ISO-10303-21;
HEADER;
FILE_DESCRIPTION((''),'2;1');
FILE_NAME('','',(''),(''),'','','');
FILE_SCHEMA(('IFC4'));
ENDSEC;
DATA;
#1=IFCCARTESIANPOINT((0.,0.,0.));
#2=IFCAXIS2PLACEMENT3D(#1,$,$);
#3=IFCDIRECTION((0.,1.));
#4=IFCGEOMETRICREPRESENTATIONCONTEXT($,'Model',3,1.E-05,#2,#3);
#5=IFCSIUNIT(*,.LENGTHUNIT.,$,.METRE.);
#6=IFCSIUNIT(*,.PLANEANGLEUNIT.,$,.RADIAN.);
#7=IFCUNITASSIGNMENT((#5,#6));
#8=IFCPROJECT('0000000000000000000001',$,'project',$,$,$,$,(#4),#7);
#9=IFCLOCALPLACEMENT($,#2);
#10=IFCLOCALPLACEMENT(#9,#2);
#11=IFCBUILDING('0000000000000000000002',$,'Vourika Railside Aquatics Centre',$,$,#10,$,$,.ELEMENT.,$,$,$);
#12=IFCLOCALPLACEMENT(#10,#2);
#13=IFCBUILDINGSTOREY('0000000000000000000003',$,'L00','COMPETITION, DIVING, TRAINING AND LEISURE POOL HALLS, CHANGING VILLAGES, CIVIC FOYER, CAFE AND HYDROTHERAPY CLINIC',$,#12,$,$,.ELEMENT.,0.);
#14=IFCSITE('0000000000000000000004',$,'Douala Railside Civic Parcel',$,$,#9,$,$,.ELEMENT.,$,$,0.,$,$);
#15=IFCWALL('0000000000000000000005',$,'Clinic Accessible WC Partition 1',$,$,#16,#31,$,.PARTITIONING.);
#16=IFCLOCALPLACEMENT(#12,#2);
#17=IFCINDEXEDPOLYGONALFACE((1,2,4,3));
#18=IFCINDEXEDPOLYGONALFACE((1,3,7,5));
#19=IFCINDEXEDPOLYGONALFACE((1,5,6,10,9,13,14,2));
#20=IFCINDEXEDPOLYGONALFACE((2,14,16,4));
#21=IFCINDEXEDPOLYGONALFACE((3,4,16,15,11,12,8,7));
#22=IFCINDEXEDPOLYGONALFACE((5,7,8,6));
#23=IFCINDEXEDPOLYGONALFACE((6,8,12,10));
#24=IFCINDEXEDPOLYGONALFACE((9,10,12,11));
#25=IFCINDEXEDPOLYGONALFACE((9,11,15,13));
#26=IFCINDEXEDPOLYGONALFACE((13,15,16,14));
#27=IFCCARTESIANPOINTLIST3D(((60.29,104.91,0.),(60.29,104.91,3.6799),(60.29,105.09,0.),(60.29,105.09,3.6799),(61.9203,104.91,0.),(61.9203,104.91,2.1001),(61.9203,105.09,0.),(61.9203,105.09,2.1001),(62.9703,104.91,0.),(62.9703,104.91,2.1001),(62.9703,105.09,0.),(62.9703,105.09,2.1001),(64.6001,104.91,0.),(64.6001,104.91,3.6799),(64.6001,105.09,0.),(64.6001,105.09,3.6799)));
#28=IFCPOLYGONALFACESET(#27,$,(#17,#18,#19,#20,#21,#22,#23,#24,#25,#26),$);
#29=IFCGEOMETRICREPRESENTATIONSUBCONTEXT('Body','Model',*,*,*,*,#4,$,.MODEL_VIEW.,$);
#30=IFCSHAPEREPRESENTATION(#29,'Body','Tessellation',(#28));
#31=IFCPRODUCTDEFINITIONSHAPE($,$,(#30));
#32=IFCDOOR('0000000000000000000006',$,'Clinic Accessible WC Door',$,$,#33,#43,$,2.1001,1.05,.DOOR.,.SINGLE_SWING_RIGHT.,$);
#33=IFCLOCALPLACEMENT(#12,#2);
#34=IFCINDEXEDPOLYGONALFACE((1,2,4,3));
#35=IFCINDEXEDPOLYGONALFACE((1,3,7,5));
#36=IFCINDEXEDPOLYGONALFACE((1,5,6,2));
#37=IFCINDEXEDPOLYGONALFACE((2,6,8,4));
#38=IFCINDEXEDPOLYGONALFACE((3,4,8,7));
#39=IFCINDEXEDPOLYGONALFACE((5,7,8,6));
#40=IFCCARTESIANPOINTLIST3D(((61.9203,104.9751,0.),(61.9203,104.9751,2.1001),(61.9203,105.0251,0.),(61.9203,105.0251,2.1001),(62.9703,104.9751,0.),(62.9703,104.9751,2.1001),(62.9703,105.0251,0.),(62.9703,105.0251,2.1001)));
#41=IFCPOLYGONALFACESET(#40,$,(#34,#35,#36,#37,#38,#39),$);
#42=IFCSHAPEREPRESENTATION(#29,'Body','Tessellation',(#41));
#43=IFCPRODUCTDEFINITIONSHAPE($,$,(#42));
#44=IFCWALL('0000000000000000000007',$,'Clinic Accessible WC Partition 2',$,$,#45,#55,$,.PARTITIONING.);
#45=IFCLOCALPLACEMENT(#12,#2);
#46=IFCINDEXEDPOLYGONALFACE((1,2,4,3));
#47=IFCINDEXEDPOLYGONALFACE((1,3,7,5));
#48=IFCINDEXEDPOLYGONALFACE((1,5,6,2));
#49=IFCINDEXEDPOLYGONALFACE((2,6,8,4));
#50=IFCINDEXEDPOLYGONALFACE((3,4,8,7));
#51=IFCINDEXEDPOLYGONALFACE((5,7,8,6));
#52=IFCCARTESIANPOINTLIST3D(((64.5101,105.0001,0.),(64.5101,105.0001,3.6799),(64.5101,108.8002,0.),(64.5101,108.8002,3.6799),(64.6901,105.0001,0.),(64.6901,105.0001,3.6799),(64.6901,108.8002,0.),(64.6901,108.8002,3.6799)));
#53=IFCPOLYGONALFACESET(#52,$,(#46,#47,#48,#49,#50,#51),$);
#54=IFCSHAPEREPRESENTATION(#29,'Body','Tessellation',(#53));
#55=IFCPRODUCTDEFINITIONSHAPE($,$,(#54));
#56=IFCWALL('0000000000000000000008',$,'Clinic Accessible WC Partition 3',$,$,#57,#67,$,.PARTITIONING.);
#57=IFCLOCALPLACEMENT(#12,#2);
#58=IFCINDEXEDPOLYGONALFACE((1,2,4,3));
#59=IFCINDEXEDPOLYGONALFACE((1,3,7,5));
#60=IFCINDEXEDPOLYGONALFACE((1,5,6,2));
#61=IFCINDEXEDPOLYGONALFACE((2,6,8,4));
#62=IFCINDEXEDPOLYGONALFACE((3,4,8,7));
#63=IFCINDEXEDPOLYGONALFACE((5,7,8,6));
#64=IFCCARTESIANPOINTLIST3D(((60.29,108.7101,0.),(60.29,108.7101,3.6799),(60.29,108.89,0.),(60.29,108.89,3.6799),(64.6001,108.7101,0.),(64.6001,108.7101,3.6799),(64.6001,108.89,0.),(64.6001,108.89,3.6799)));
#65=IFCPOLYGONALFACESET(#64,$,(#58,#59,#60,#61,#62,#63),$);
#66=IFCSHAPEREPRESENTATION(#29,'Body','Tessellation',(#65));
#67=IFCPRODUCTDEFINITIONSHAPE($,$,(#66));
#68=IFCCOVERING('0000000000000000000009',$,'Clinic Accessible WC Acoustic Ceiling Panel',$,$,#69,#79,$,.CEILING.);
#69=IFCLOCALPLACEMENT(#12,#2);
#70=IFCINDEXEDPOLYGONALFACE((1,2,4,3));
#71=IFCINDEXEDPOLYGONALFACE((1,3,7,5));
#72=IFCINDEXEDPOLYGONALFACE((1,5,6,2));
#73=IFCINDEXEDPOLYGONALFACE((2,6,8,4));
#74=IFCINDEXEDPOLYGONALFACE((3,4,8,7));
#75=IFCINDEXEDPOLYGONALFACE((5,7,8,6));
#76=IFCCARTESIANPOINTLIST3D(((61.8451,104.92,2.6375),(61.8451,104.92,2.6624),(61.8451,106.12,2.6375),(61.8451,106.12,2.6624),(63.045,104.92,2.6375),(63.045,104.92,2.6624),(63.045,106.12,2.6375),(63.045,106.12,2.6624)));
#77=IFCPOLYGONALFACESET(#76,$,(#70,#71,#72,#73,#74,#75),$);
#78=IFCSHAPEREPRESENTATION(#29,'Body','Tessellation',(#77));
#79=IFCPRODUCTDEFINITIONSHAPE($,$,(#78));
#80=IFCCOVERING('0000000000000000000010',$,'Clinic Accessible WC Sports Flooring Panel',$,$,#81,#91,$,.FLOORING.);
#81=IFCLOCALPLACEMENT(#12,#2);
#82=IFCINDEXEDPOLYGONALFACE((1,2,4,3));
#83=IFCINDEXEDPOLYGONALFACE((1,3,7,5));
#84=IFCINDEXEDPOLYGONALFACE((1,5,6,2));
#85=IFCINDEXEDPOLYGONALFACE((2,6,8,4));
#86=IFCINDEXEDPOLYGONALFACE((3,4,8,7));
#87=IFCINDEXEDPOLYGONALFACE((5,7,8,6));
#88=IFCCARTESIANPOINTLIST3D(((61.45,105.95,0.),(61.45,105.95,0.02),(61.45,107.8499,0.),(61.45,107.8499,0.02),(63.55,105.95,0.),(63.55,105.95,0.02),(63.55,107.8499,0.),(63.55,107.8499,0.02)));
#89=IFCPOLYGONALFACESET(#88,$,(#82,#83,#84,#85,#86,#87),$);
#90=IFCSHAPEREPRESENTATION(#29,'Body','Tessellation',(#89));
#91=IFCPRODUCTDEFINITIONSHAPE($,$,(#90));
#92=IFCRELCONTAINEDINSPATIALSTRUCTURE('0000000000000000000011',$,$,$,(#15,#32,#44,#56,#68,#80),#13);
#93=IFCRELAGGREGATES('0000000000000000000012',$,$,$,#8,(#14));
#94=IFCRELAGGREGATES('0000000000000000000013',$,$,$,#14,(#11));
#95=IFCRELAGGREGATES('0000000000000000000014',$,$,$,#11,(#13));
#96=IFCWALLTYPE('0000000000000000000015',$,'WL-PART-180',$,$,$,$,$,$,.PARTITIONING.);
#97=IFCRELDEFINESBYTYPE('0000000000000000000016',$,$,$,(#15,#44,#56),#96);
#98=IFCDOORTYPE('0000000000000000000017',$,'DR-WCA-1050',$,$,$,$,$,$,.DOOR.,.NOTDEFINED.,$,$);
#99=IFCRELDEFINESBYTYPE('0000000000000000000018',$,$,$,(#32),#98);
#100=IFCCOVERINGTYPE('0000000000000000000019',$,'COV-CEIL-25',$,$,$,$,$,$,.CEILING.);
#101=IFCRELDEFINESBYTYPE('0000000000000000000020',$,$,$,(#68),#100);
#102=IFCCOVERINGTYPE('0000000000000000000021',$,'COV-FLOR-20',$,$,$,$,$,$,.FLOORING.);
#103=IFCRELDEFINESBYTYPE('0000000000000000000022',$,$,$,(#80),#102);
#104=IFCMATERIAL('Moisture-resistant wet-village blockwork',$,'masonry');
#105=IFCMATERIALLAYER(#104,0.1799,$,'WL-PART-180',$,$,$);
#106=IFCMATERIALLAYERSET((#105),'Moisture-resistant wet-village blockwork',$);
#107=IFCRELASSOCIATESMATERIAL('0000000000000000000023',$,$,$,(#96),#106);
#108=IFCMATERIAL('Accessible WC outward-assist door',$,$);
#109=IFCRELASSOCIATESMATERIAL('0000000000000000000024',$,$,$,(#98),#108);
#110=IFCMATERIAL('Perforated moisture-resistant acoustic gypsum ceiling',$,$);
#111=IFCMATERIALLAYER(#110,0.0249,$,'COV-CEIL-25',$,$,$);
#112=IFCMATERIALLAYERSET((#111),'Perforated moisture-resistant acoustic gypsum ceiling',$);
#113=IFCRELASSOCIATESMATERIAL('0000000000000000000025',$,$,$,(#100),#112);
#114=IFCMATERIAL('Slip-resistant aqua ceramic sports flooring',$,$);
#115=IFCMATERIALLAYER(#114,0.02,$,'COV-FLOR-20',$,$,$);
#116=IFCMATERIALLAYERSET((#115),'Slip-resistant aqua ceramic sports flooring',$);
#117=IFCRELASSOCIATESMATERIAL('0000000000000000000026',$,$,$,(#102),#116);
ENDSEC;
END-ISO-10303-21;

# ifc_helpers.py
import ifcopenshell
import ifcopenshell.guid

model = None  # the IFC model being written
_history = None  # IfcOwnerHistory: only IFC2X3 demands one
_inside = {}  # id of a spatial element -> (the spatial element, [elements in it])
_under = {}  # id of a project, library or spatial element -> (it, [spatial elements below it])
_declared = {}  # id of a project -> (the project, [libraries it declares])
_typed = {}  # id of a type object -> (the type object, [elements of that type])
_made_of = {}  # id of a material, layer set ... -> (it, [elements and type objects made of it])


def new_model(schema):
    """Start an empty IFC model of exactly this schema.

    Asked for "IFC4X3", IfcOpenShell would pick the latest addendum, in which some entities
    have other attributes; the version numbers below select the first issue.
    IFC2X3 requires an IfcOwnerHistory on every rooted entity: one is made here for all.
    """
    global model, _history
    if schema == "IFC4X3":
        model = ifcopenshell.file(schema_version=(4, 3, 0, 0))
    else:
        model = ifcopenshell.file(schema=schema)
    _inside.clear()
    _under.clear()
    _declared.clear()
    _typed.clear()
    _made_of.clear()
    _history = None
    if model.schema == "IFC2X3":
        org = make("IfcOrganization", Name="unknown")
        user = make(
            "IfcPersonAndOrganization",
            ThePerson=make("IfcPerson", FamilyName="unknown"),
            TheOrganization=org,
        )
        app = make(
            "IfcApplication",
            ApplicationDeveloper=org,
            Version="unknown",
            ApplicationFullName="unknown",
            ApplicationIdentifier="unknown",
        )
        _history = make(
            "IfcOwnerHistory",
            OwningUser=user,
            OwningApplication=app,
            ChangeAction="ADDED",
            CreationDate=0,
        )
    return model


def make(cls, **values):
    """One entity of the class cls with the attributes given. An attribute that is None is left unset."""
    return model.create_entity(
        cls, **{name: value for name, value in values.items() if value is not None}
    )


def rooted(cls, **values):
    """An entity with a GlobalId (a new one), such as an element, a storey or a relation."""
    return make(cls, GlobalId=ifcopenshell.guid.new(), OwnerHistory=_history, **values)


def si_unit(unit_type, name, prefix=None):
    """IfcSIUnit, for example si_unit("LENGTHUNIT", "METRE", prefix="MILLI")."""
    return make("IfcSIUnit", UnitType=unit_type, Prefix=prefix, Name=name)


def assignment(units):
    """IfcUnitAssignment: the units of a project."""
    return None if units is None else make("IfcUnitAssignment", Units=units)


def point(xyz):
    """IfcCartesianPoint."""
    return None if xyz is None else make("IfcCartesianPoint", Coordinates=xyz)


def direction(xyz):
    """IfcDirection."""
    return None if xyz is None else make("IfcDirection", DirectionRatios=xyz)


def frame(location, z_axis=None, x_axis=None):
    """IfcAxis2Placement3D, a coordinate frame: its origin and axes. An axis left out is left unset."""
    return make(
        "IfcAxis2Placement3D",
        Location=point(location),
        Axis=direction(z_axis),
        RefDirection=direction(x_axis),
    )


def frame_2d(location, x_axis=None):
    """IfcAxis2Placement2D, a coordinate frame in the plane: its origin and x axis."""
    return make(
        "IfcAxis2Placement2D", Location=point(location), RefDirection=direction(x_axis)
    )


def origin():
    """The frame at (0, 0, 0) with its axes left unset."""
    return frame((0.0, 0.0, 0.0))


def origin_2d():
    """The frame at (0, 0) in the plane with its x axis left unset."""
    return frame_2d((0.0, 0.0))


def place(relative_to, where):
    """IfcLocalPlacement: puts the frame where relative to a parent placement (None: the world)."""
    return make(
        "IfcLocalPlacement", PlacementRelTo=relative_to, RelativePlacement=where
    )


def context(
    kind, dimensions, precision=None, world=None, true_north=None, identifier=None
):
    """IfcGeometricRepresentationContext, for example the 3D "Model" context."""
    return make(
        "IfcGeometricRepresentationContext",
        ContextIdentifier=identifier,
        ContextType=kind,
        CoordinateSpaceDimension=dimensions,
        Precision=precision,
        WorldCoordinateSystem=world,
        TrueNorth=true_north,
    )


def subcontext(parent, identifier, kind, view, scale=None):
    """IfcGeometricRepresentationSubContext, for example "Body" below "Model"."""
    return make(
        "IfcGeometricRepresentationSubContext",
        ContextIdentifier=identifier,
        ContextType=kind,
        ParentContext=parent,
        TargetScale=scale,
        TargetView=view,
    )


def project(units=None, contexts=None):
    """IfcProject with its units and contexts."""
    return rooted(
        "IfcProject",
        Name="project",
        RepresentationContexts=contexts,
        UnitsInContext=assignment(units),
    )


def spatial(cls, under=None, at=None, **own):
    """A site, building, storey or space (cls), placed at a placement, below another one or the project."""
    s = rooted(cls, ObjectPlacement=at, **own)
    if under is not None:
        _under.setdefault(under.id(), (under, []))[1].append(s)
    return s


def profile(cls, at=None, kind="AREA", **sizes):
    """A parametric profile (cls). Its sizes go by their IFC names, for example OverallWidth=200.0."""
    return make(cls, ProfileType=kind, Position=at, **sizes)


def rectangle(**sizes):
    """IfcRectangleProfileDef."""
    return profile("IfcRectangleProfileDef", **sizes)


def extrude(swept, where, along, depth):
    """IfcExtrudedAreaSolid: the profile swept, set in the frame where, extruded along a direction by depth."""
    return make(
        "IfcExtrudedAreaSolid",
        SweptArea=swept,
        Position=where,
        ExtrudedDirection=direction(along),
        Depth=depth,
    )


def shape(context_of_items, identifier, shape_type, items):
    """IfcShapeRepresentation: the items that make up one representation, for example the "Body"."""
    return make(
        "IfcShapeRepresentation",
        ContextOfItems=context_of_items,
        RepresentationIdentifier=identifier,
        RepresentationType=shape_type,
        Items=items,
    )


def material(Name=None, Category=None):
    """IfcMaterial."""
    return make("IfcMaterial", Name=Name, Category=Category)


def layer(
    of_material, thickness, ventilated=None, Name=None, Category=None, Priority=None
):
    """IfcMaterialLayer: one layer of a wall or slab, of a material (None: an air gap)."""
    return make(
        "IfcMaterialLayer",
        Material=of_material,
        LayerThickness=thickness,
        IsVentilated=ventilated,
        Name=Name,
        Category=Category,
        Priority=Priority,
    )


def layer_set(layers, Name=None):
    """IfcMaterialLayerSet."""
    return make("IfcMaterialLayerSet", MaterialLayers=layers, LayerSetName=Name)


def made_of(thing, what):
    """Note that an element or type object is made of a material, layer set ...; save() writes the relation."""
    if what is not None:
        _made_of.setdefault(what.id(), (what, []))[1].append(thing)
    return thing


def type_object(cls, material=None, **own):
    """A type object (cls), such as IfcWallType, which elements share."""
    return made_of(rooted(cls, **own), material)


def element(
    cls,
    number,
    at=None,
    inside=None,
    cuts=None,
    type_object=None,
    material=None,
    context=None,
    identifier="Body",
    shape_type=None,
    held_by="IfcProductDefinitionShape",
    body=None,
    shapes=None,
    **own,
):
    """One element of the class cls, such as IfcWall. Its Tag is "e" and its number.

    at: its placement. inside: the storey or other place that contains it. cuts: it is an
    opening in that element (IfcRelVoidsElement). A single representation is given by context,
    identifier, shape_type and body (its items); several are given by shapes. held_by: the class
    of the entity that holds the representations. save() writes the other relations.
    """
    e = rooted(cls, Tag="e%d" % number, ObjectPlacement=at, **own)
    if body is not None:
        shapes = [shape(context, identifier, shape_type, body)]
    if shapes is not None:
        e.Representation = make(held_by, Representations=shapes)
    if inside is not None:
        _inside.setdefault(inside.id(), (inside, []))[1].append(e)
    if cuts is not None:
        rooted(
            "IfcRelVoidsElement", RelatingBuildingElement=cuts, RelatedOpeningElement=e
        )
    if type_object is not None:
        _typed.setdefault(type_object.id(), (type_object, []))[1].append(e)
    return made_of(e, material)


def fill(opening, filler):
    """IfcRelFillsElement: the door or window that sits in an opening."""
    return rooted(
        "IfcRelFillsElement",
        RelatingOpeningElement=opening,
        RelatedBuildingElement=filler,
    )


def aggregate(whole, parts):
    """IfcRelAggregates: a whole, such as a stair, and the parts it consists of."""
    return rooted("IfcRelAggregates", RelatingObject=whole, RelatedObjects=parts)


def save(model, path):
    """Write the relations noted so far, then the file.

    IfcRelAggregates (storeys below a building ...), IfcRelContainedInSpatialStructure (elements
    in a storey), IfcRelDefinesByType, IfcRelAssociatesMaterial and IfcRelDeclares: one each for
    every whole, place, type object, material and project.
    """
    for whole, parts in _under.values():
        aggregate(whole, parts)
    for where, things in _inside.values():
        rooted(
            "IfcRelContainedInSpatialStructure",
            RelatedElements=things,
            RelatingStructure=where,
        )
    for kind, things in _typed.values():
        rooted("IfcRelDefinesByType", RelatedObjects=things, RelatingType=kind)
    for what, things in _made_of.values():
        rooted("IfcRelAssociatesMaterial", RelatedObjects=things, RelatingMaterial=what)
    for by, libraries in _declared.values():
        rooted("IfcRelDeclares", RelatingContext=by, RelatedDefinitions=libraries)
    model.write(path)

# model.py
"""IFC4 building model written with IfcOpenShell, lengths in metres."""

from ifc_helpers import new_model, si_unit, direction, frame, frame_2d, origin, origin_2d, place, context, subcontext, project, spatial, rectangle, extrude, material, layer, layer_set, type_object, element, fill, save


model = new_model("IFC4")

# Units and contexts
model_context = context("Model", 3, precision=1e-05, world=origin(), true_north=direction((0.0, 1.0)))
body_context = subcontext(model_context, "Body", "Model", "MODEL_VIEW")
ifc_project = project(units=[si_unit("LENGTHUNIT", "METRE"), si_unit("PLANEANGLEUNIT", "RADIAN")], contexts=[model_context])

# Site, building, storey
site_placement = place(None, origin())
site = spatial("IfcSite", under=ifc_project, at=site_placement, Name="Douala Railside Civic Parcel", CompositionType="ELEMENT", RefElevation=0.0)
building_placement = place(site_placement, origin())
building = spatial("IfcBuilding", under=site, at=building_placement, Name="Vourika Railside Aquatics Centre", CompositionType="ELEMENT")
storey_placement = place(building_placement, origin())
storey = spatial("IfcBuildingStorey", under=building, at=storey_placement, Name="L00", Description="COMPETITION, DIVING, TRAINING AND LEISURE POOL HALLS, CHANGING VILLAGES, CIVIC FOYER, CAFE AND HYDROTHERAPY CLINIC", CompositionType="ELEMENT", Elevation=0.0)

# Wall, opening, door
ifc_material_1 = material(Name="Moisture-resistant wet-village blockwork", Category="masonry")
ifc_layer_1 = layer(ifc_material_1, 0.1799, Name="WL-PART-180")
ifc_layer_set_1 = layer_set([ifc_layer_1], Name="Moisture-resistant wet-village blockwork")
wall_type_1 = type_object("IfcWallType", Name="WL-PART-180", PredefinedType="PARTITIONING", material=ifc_layer_set_1)
wall_1_placement = place(storey_placement, frame((64.6001, 105.0, 0.0), z_axis=(0.0, 0.0, 1.0), x_axis=(-1.0, 0.0, 0.0)))
wall_1 = element("IfcWall", 1, at=wall_1_placement, inside=storey, type_object=wall_type_1, Name="Clinic Accessible WC Partition 1", PredefinedType="PARTITIONING", context=body_context, shape_type="SweptSolid", body=[
    extrude(rectangle(XDim=4.3101, YDim=0.1799, at=frame_2d((2.155, 0.0))), origin(), (0.0, 0.0, 1.0), 3.6799),
])
opening_1_placement = place(wall_1_placement, frame((1.6299, 0.0, 0.0)))
opening_1 = element("IfcOpeningElement", 2, at=opening_1_placement, cuts=wall_1, PredefinedType="OPENING", context=body_context, shape_type="SweptSolid", body=[
    extrude(rectangle(XDim=1.05, YDim=2.1001, at=frame_2d((0.5249, 1.05))), frame((0.0, 0.1001, 0.0), z_axis=(0.0, -1.0, 0.0), x_axis=(1.0, 0.0, 0.0)), (0.0, 0.0, 1.0), 0.2),
])
ifc_material_2 = material(Name="Accessible WC outward-assist door")
door_type_1 = type_object("IfcDoorType", Name="DR-WCA-1050", OperationType="NOTDEFINED", PredefinedType="DOOR", material=ifc_material_2)
door_1_placement = place(opening_1_placement, origin())
door_1 = element("IfcDoor", 3, at=door_1_placement, inside=storey, type_object=door_type_1, Name="Clinic Accessible WC Door", OperationType="SINGLE_SWING_RIGHT", OverallHeight=2.1001, OverallWidth=1.05, PredefinedType="DOOR", context=body_context, shape_type="SweptSolid", body=[
    extrude(rectangle(XDim=1.05, YDim=2.1001, at=frame_2d((0.5249, 1.05))), frame((0.0, 0.0249, 0.0), z_axis=(0.0, -1.0, 0.0), x_axis=(1.0, 0.0, 0.0)), (0.0, 0.0, 1.0), 0.05),
])
fill(opening_1, door_1)

# Walls
wall_2_placement = place(storey_placement, frame((64.6001, 108.8, 0.0), z_axis=(0.0, 0.0, 1.0), x_axis=(0.0, -1.0, 0.0)))
element("IfcWall", 4, at=wall_2_placement, inside=storey, type_object=wall_type_1, Name="Clinic Accessible WC Partition 2", PredefinedType="PARTITIONING", context=body_context, shape_type="SweptSolid", body=[
    extrude(rectangle(XDim=3.8, YDim=0.1799, at=frame_2d((1.8999, 0.0))), origin(), (0.0, 0.0, 1.0), 3.6799),
])
wall_3_placement = place(storey_placement, frame((60.29, 108.8, 0.0), z_axis=(0.0, 0.0, 1.0), x_axis=(1.0, 0.0, 0.0)))
element("IfcWall", 5, at=wall_3_placement, inside=storey, type_object=wall_type_1, Name="Clinic Accessible WC Partition 3", PredefinedType="PARTITIONING", context=body_context, shape_type="SweptSolid", body=[
    extrude(rectangle(XDim=4.3101, YDim=0.1799, at=frame_2d((2.155, 0.0))), origin(), (0.0, 0.0, 1.0), 3.6799),
])

# Coverings
ifc_material_3 = material(Name="Perforated moisture-resistant acoustic gypsum ceiling")
ifc_layer_2 = layer(ifc_material_3, 0.0249, Name="COV-CEIL-25")
ifc_layer_set_2 = layer_set([ifc_layer_2], Name="Perforated moisture-resistant acoustic gypsum ceiling")
covering_type_1 = type_object("IfcCoveringType", Name="COV-CEIL-25", PredefinedType="CEILING", material=ifc_layer_set_2)
covering_1_placement = place(storey_placement, frame((62.4451, 105.52, 2.6375), z_axis=(0.0, 0.0, 1.0), x_axis=(1.0, 0.0, 0.0)))
element("IfcCovering", 6, at=covering_1_placement, inside=storey, type_object=covering_type_1, Name="Clinic Accessible WC Acoustic Ceiling Panel", PredefinedType="CEILING", context=body_context, shape_type="SweptSolid", body=[
    extrude(rectangle(XDim=1.2, YDim=1.2, at=origin_2d()), origin(), (0.0, 0.0, 1.0), 0.0249),
])
ifc_material_4 = material(Name="Slip-resistant aqua ceramic sports flooring")
ifc_layer_3 = layer(ifc_material_4, 0.02, Name="COV-FLOR-20")
ifc_layer_set_3 = layer_set([ifc_layer_3], Name="Slip-resistant aqua ceramic sports flooring")
covering_type_2 = type_object("IfcCoveringType", Name="COV-FLOR-20", PredefinedType="FLOORING", material=ifc_layer_set_3)
covering_2_placement = place(storey_placement, frame((62.5, 106.8999, 0.0), z_axis=(0.0, 0.0, 1.0), x_axis=(1.0, 0.0, 0.0)))
element("IfcCovering", 7, at=covering_2_placement, inside=storey, type_object=covering_type_2, Name="Clinic Accessible WC Sports Flooring Panel", PredefinedType="FLOORING", context=body_context, shape_type="SweptSolid", body=[
    extrude(rectangle(XDim=2.1001, YDim=1.8999, at=origin_2d()), origin(), (0.0, 0.0, 1.0), 0.02),
])

save(model, "model.ifc")
